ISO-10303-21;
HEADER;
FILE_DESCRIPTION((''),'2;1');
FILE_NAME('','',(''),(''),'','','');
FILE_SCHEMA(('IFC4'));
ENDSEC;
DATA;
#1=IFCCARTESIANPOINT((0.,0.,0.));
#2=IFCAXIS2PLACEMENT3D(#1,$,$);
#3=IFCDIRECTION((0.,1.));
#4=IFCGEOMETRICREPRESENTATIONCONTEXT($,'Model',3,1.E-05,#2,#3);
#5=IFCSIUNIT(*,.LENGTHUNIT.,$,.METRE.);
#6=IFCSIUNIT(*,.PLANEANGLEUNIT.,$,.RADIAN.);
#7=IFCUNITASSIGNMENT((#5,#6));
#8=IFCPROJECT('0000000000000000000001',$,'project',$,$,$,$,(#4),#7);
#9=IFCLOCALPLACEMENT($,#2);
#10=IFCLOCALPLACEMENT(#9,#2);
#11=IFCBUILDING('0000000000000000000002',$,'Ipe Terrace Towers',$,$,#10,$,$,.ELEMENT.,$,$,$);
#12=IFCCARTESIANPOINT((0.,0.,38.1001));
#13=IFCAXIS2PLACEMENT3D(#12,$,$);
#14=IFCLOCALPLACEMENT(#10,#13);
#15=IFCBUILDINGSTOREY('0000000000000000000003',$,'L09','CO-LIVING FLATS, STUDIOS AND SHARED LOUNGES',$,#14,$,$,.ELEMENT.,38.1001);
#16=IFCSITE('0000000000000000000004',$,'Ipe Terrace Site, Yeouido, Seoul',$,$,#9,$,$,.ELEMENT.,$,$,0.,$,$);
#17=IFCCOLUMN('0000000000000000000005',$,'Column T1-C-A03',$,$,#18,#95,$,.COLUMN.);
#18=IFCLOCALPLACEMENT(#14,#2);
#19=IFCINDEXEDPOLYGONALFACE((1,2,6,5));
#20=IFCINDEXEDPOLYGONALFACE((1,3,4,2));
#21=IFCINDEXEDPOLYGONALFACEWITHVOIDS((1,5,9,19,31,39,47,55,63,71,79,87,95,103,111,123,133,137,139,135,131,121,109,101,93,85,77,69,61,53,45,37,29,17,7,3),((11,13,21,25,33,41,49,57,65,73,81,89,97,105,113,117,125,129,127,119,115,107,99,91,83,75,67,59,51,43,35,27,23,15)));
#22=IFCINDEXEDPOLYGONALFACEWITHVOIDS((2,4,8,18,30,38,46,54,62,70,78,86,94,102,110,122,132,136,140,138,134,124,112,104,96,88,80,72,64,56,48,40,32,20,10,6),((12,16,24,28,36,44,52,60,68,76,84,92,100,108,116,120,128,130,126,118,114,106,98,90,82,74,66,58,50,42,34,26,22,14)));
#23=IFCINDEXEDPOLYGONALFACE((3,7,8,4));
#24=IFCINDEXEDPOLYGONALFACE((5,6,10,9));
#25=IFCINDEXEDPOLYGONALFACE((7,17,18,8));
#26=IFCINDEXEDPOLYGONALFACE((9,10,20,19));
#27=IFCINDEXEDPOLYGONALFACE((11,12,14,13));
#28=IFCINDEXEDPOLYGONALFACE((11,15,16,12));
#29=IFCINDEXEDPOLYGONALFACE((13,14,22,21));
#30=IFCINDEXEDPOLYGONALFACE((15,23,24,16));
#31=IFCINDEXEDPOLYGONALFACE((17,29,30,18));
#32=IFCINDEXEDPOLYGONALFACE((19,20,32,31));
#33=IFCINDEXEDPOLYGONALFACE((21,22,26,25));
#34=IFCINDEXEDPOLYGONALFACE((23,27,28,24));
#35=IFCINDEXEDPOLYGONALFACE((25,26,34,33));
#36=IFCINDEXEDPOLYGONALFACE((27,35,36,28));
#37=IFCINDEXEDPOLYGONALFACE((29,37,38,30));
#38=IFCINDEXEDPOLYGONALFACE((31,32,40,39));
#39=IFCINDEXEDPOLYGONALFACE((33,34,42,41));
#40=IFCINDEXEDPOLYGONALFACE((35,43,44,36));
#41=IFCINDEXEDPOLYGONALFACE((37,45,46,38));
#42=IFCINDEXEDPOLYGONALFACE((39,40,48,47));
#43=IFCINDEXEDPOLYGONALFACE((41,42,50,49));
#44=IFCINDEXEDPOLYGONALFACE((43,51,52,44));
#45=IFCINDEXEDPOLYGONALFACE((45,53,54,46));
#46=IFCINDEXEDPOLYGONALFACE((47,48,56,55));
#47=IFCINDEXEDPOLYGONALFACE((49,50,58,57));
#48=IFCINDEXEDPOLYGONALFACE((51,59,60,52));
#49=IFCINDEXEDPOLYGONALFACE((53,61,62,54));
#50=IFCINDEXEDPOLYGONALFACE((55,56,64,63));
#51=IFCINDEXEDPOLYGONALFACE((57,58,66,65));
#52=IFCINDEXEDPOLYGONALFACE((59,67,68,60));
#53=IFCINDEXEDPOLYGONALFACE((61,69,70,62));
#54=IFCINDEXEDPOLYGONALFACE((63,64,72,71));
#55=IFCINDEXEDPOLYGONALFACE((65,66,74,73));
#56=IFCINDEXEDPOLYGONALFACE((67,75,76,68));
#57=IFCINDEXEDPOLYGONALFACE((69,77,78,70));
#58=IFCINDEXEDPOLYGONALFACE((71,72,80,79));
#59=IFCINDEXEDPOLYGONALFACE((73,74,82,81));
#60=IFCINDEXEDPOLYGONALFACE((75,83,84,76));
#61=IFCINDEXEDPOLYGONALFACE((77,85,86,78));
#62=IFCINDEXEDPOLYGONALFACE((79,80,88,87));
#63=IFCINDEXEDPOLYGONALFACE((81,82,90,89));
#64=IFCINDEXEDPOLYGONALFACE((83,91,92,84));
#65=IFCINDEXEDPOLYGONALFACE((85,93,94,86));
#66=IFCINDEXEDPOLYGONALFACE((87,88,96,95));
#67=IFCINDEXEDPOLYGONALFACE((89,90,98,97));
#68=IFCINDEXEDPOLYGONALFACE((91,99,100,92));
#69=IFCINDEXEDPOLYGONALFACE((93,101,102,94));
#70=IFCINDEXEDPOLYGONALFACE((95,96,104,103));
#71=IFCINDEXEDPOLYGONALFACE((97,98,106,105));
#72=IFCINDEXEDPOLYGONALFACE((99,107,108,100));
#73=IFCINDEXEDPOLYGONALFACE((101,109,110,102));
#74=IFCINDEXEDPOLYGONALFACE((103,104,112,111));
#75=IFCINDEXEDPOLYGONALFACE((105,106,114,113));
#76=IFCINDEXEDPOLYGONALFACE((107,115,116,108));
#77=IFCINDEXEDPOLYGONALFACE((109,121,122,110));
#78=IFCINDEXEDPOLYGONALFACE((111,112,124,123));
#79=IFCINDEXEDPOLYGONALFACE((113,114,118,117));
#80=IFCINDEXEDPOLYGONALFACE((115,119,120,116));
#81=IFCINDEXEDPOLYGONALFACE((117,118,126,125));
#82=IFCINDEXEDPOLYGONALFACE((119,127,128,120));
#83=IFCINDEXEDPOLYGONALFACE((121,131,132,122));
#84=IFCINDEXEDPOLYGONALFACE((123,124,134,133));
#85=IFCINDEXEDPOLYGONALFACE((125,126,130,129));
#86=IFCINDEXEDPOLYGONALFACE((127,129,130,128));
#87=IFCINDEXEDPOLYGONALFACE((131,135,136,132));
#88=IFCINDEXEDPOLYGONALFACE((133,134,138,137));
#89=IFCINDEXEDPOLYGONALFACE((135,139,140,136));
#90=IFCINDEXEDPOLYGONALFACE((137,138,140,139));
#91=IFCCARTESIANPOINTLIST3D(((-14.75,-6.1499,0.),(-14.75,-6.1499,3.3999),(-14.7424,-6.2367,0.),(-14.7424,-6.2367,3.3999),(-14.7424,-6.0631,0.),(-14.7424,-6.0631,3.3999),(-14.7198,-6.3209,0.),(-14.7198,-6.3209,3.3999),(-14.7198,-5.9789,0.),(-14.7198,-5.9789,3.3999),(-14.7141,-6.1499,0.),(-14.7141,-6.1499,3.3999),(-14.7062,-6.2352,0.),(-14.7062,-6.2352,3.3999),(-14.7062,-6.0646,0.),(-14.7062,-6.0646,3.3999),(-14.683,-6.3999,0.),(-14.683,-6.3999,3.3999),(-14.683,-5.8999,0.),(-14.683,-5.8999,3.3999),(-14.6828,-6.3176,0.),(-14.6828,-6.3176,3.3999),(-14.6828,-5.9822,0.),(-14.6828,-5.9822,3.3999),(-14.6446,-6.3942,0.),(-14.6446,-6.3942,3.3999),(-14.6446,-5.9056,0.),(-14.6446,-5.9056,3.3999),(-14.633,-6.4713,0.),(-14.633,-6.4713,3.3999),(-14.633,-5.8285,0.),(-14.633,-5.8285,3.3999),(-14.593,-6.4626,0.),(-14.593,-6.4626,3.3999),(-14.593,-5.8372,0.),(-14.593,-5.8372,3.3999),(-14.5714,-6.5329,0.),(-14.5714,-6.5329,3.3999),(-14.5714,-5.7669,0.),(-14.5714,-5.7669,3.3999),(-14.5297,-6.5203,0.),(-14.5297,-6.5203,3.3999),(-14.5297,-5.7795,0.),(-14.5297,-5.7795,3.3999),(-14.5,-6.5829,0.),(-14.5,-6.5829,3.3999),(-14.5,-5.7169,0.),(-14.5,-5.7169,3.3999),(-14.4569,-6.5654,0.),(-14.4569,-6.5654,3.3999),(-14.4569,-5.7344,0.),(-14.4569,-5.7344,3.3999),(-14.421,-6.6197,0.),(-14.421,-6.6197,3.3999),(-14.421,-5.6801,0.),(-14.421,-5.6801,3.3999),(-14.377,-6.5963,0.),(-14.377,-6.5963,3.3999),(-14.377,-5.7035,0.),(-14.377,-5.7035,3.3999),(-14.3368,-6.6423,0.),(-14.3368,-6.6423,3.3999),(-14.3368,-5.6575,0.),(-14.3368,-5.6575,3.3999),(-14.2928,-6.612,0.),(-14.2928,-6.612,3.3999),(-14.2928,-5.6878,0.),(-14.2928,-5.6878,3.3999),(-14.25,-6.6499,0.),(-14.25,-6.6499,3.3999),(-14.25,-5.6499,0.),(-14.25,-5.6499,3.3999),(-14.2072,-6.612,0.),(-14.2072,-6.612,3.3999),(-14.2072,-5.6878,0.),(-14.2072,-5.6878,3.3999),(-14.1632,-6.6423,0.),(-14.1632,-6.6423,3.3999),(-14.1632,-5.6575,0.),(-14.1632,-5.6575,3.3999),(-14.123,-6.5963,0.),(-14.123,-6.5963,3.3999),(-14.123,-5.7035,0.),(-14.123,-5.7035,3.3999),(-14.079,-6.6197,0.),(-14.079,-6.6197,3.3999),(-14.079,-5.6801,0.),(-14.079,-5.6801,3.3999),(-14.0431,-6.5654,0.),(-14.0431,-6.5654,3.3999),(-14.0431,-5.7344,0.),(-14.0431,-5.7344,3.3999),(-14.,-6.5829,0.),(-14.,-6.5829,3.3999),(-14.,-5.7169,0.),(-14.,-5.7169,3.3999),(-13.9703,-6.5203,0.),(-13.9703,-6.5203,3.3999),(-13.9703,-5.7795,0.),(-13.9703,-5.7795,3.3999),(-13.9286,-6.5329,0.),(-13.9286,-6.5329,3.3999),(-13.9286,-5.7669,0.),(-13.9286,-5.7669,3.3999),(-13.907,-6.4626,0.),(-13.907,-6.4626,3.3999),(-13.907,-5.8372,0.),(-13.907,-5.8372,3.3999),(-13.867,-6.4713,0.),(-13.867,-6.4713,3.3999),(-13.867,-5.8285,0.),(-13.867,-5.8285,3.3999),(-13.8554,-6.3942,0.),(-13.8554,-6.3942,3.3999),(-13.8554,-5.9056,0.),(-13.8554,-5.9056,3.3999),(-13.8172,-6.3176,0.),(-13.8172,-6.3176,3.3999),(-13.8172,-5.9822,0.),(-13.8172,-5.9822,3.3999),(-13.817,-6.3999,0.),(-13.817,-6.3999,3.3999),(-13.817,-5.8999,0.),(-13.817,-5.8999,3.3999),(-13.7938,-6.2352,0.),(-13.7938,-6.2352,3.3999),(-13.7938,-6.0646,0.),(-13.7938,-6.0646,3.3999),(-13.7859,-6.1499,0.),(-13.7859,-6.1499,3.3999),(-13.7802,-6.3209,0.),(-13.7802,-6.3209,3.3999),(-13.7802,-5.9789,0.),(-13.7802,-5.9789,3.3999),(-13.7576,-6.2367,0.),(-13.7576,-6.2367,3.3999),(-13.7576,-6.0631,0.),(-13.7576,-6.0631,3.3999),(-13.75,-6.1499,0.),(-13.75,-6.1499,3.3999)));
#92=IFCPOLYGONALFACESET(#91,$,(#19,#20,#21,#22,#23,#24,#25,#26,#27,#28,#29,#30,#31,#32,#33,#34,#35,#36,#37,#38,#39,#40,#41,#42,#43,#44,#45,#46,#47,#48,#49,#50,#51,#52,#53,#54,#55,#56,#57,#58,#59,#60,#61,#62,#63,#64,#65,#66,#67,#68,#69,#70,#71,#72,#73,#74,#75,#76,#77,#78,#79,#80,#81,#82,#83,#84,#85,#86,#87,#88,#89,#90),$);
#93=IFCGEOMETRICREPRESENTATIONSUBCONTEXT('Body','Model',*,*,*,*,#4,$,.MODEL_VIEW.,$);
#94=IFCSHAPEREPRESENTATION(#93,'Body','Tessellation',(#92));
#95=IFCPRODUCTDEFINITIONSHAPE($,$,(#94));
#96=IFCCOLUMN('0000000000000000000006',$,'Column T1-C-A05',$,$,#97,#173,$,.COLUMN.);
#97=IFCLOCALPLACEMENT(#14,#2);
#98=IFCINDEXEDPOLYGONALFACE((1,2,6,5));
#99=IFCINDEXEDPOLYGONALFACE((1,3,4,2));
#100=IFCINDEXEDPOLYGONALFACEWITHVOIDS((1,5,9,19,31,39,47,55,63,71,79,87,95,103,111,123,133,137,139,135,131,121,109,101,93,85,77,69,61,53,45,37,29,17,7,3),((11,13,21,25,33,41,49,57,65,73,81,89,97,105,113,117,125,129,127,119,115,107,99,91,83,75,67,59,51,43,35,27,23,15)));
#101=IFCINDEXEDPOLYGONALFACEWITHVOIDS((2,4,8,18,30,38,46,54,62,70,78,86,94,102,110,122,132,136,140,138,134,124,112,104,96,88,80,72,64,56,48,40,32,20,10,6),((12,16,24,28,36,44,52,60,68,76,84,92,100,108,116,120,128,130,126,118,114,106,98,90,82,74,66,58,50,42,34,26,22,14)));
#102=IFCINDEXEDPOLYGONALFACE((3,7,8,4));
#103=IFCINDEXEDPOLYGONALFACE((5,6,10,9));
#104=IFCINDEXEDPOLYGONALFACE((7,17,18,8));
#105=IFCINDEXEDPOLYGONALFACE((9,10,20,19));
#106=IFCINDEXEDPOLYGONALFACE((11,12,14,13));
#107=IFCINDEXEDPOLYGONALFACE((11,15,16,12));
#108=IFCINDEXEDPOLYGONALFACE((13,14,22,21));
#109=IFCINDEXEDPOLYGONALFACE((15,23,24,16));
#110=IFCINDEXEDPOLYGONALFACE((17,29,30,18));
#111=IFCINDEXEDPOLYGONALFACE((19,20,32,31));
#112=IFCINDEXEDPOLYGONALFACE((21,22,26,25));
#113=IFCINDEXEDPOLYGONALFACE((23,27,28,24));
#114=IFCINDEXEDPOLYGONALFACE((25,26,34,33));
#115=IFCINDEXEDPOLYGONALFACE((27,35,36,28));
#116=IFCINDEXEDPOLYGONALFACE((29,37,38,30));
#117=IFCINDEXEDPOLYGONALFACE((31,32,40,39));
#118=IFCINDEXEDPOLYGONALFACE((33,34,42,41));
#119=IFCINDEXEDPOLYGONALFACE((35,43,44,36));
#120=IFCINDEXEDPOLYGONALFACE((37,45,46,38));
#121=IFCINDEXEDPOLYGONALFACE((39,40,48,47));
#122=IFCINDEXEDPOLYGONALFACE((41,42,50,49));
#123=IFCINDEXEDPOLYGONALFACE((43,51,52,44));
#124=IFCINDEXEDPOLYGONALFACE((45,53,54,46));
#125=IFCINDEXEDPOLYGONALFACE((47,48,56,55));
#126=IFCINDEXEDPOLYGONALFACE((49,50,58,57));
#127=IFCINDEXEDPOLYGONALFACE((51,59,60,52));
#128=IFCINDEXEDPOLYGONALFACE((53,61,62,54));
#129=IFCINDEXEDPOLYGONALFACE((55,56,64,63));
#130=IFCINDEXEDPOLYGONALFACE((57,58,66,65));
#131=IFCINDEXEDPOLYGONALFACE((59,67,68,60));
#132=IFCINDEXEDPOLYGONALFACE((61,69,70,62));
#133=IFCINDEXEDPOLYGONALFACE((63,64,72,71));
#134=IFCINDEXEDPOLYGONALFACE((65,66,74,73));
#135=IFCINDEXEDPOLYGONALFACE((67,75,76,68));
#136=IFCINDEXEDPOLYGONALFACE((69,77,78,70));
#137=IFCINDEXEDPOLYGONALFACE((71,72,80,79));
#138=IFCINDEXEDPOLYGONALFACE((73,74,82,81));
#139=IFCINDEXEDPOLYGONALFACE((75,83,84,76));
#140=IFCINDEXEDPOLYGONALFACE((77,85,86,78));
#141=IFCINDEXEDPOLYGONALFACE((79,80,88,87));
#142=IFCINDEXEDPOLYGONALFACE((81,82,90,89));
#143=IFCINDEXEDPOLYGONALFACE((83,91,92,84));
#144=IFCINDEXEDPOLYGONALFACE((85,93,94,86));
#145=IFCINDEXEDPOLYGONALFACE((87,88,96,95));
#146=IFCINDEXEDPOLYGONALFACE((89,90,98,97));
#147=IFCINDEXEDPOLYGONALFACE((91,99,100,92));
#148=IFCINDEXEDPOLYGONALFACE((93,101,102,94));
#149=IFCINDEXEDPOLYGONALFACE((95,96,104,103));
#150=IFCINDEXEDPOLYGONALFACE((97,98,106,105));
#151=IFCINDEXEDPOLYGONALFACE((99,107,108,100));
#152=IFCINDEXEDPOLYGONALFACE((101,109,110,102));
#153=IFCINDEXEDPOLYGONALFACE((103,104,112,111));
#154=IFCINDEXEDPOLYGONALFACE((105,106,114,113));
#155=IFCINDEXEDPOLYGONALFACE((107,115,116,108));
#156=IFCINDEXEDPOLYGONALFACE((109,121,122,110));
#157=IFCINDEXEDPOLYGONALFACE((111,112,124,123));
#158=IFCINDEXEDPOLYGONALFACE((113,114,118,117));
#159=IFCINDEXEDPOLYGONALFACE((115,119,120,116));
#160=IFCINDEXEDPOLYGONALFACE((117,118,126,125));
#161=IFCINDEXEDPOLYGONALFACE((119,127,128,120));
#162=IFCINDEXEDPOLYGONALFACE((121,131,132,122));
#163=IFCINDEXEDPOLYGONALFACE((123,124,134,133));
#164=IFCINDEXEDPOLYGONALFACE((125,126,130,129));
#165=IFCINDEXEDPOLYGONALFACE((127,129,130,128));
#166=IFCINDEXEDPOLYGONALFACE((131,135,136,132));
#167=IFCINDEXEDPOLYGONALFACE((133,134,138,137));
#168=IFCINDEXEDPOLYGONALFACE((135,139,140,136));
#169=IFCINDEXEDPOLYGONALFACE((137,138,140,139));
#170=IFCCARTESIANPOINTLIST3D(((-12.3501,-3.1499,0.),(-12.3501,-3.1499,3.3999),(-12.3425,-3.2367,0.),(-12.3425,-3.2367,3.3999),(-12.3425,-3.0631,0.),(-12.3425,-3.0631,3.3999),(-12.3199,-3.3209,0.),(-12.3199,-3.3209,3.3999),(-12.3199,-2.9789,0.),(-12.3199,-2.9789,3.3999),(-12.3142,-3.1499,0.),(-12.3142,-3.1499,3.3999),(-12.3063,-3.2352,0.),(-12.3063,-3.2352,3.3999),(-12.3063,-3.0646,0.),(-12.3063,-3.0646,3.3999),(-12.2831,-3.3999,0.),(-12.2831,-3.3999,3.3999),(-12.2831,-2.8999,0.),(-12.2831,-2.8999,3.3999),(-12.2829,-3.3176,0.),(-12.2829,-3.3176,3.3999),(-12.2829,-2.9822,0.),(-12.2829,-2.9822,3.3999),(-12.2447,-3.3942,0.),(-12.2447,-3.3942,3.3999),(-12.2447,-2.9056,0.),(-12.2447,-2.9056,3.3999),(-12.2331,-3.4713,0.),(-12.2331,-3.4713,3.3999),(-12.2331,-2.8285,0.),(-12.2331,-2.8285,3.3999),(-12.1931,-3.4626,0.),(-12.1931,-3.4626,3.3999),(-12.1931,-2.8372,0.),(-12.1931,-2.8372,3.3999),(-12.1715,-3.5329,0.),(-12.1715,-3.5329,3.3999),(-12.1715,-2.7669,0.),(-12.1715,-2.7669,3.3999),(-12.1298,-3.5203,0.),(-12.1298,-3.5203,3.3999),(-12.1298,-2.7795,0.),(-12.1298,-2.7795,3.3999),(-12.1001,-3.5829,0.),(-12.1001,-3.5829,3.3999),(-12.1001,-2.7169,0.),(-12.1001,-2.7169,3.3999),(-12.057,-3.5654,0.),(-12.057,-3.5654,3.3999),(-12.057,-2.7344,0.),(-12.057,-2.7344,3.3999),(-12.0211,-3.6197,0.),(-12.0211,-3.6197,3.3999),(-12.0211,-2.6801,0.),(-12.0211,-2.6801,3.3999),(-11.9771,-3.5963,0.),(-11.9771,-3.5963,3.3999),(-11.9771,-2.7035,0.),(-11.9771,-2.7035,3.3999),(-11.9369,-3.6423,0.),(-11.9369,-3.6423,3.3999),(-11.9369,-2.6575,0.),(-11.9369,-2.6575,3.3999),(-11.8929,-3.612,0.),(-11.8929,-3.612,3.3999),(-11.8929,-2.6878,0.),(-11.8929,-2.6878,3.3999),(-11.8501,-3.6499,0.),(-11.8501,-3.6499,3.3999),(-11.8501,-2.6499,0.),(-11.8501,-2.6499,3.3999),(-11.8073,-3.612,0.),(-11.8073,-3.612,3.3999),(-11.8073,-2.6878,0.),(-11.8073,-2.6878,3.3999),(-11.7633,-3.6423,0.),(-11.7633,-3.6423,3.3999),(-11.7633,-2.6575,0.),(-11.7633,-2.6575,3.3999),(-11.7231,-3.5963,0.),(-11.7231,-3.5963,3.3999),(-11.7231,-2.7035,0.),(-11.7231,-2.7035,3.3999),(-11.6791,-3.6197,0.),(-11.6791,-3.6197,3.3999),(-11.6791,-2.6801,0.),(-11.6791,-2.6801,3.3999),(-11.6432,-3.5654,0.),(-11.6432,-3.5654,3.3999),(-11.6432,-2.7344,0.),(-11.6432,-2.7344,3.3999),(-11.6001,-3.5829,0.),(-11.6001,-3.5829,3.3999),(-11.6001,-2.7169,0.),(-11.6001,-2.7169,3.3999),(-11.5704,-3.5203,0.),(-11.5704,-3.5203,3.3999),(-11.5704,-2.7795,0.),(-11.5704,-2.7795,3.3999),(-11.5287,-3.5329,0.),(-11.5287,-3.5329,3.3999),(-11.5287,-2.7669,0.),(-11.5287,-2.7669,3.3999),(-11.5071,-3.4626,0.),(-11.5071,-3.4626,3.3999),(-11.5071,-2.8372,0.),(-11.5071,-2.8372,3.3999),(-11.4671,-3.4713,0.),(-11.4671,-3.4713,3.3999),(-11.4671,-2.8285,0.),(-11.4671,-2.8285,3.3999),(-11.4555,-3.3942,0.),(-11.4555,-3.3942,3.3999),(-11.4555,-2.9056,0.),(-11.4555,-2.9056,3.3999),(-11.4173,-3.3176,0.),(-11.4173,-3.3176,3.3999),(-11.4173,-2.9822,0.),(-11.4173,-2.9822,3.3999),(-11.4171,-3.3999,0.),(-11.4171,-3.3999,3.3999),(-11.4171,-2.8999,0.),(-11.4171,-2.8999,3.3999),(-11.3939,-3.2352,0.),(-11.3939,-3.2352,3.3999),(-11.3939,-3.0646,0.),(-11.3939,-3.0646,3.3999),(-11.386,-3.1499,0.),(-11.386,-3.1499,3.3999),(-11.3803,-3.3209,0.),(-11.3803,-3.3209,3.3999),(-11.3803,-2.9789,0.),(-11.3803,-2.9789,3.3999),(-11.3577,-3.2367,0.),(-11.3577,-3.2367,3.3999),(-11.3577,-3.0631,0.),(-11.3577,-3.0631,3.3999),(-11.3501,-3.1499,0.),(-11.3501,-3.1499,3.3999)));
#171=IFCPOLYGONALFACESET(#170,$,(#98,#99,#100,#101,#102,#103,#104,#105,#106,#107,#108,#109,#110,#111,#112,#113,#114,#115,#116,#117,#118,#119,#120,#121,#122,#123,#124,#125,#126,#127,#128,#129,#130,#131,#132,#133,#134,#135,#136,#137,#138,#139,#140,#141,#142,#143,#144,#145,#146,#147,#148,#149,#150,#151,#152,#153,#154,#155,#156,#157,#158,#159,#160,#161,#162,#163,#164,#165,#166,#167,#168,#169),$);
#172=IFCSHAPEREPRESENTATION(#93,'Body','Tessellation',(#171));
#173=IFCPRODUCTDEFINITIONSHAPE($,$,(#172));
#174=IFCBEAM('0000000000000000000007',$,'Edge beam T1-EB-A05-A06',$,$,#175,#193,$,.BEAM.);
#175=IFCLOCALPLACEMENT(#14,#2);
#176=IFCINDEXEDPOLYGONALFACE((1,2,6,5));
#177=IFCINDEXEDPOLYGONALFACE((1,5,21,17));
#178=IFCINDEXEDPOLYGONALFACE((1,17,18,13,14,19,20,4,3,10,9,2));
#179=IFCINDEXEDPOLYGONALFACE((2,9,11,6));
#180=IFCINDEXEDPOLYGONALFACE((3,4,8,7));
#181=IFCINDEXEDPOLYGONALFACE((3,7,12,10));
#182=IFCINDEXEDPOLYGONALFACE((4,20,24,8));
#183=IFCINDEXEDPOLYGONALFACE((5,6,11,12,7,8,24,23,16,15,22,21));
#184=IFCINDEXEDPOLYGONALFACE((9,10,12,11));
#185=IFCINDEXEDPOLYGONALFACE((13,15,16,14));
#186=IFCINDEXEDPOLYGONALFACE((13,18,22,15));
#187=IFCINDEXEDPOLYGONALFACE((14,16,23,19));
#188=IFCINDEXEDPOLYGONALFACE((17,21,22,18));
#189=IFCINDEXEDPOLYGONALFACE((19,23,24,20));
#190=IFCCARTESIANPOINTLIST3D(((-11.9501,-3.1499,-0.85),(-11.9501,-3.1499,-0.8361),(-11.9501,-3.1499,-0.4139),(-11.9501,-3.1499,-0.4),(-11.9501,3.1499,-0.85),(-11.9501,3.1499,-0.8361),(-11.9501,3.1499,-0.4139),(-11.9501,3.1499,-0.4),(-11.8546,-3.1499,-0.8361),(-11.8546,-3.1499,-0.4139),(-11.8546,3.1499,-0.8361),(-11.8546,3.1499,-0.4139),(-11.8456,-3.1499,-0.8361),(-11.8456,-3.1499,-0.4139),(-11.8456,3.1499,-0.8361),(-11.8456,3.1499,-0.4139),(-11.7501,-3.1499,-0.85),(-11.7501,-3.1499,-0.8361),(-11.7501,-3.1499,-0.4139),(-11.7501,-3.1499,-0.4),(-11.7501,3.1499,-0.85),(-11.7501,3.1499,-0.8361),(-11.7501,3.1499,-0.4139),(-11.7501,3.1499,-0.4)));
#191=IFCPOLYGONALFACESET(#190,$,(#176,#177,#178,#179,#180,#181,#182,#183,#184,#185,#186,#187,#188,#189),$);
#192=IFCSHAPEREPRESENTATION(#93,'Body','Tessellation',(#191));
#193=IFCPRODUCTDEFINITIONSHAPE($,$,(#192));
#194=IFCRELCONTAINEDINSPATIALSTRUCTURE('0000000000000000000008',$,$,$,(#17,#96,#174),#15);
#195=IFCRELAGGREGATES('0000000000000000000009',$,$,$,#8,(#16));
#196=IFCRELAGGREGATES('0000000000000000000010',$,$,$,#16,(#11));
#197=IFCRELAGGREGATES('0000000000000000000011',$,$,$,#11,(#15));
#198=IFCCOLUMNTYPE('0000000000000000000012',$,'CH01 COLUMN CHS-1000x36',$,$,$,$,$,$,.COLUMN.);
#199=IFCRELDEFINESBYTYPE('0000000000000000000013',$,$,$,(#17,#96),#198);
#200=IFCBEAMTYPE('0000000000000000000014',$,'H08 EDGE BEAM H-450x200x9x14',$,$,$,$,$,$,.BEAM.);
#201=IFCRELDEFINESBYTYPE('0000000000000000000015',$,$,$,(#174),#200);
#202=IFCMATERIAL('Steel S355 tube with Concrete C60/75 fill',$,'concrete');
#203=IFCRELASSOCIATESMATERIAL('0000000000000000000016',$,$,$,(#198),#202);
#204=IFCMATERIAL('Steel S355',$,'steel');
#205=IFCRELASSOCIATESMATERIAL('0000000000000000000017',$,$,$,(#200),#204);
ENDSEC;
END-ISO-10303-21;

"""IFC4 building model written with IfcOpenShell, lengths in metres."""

from ifc_helpers import new_model, si_unit, direction, frame, origin, origin_2d, place, context, subcontext, project, spatial, hollow_circle, i_section, extrude, material, material_profile, profile_set, type_object, element, save


model = new_model("IFC4")

# Units and contexts
model_context = context("Model", 3, precision=1e-05, world=origin(), true_north=direction((0.0, 1.0)))
body_context = subcontext(model_context, "Body", "Model", "MODEL_VIEW")
ifc_project = project(units=[si_unit("LENGTHUNIT", "METRE"), si_unit("PLANEANGLEUNIT", "RADIAN")], contexts=[model_context])

# Site, building, storey
site_placement = place(None, origin())
site = spatial("IfcSite", under=ifc_project, at=site_placement, Name="Ipe Terrace Site, Yeouido, Seoul", CompositionType="ELEMENT", RefElevation=0.0)
building_placement = place(site_placement, origin())
building = spatial("IfcBuilding", under=site, at=building_placement, Name="Ipe Terrace Towers", CompositionType="ELEMENT")
storey_placement = place(building_placement, frame((0.0, 0.0, 38.1001)))
storey = spatial("IfcBuildingStorey", under=building, at=storey_placement, Name="L09", Description="CO-LIVING FLATS, STUDIOS AND SHARED LOUNGES", CompositionType="ELEMENT", Elevation=38.1001)

# Columns
ifc_material_1 = material(Name="Steel S355 tube with Concrete C60/75 fill", Category="concrete")
ifc_material_profile_1 = material_profile(ifc_material_1, hollow_circle(Radius=0.5, WallThickness=0.0359, at=origin_2d()), Name="CHS-1000x36")
ifc_profile_set_1 = profile_set([ifc_material_profile_1], Name="Steel S355 tube with Concrete C60/75 fill")
column_type = type_object("IfcColumnType", Name="CH01 COLUMN CHS-1000x36", PredefinedType="COLUMN", material=ifc_profile_set_1)
for number, where, z_axis, x_axis, name in (
    (1, (-14.25, -6.1499, 0.0), (0.0, 0.0, 1.0), (1.0, 0.0, 0.0), "Column T1-C-A03"),
    (2, (-11.8501, -3.1499, 0.0), (0.0, 0.0, 1.0), (1.0, 0.0, 0.0), "Column T1-C-A05"),
):
    element("IfcColumn", number, at=place(storey_placement, frame(where, z_axis=z_axis, x_axis=x_axis)), inside=storey, type_object=column_type, Name=name, PredefinedType="COLUMN", context=body_context, shape_type="SweptSolid", body=[
        extrude(hollow_circle(Radius=0.5, WallThickness=0.0359, at=origin_2d()), origin(), (0.0, 0.0, 1.0), 3.3999),
    ])

# Beam
ifc_material_2 = material(Name="Steel S355", Category="steel")
ifc_material_profile_2 = material_profile(ifc_material_2, i_section(OverallWidth=0.2, OverallDepth=0.45, WebThickness=0.009, FlangeThickness=0.0139, at=origin_2d()), Name="H-450x200x9x14")
ifc_profile_set_2 = profile_set([ifc_material_profile_2], Name="Steel S355")
beam_type = type_object("IfcBeamType", Name="H08 EDGE BEAM H-450x200x9x14", PredefinedType="BEAM", material=ifc_profile_set_2)
beam_placement = place(storey_placement, frame((-11.8501, -3.1499, -0.625), z_axis=(0.0, 1.0, 0.0), x_axis=(-1.0, 0.0, 0.0)))
element("IfcBeam", 3, at=beam_placement, inside=storey, type_object=beam_type, Name="Edge beam T1-EB-A05-A06", PredefinedType="BEAM", context=body_context, shape_type="SweptSolid", body=[
    extrude(i_section(OverallWidth=0.2, OverallDepth=0.45, WebThickness=0.009, FlangeThickness=0.0139, at=origin_2d()), origin(), (0.0, 0.0, 1.0), 6.2998),
])

save(model, "model.ifc")
